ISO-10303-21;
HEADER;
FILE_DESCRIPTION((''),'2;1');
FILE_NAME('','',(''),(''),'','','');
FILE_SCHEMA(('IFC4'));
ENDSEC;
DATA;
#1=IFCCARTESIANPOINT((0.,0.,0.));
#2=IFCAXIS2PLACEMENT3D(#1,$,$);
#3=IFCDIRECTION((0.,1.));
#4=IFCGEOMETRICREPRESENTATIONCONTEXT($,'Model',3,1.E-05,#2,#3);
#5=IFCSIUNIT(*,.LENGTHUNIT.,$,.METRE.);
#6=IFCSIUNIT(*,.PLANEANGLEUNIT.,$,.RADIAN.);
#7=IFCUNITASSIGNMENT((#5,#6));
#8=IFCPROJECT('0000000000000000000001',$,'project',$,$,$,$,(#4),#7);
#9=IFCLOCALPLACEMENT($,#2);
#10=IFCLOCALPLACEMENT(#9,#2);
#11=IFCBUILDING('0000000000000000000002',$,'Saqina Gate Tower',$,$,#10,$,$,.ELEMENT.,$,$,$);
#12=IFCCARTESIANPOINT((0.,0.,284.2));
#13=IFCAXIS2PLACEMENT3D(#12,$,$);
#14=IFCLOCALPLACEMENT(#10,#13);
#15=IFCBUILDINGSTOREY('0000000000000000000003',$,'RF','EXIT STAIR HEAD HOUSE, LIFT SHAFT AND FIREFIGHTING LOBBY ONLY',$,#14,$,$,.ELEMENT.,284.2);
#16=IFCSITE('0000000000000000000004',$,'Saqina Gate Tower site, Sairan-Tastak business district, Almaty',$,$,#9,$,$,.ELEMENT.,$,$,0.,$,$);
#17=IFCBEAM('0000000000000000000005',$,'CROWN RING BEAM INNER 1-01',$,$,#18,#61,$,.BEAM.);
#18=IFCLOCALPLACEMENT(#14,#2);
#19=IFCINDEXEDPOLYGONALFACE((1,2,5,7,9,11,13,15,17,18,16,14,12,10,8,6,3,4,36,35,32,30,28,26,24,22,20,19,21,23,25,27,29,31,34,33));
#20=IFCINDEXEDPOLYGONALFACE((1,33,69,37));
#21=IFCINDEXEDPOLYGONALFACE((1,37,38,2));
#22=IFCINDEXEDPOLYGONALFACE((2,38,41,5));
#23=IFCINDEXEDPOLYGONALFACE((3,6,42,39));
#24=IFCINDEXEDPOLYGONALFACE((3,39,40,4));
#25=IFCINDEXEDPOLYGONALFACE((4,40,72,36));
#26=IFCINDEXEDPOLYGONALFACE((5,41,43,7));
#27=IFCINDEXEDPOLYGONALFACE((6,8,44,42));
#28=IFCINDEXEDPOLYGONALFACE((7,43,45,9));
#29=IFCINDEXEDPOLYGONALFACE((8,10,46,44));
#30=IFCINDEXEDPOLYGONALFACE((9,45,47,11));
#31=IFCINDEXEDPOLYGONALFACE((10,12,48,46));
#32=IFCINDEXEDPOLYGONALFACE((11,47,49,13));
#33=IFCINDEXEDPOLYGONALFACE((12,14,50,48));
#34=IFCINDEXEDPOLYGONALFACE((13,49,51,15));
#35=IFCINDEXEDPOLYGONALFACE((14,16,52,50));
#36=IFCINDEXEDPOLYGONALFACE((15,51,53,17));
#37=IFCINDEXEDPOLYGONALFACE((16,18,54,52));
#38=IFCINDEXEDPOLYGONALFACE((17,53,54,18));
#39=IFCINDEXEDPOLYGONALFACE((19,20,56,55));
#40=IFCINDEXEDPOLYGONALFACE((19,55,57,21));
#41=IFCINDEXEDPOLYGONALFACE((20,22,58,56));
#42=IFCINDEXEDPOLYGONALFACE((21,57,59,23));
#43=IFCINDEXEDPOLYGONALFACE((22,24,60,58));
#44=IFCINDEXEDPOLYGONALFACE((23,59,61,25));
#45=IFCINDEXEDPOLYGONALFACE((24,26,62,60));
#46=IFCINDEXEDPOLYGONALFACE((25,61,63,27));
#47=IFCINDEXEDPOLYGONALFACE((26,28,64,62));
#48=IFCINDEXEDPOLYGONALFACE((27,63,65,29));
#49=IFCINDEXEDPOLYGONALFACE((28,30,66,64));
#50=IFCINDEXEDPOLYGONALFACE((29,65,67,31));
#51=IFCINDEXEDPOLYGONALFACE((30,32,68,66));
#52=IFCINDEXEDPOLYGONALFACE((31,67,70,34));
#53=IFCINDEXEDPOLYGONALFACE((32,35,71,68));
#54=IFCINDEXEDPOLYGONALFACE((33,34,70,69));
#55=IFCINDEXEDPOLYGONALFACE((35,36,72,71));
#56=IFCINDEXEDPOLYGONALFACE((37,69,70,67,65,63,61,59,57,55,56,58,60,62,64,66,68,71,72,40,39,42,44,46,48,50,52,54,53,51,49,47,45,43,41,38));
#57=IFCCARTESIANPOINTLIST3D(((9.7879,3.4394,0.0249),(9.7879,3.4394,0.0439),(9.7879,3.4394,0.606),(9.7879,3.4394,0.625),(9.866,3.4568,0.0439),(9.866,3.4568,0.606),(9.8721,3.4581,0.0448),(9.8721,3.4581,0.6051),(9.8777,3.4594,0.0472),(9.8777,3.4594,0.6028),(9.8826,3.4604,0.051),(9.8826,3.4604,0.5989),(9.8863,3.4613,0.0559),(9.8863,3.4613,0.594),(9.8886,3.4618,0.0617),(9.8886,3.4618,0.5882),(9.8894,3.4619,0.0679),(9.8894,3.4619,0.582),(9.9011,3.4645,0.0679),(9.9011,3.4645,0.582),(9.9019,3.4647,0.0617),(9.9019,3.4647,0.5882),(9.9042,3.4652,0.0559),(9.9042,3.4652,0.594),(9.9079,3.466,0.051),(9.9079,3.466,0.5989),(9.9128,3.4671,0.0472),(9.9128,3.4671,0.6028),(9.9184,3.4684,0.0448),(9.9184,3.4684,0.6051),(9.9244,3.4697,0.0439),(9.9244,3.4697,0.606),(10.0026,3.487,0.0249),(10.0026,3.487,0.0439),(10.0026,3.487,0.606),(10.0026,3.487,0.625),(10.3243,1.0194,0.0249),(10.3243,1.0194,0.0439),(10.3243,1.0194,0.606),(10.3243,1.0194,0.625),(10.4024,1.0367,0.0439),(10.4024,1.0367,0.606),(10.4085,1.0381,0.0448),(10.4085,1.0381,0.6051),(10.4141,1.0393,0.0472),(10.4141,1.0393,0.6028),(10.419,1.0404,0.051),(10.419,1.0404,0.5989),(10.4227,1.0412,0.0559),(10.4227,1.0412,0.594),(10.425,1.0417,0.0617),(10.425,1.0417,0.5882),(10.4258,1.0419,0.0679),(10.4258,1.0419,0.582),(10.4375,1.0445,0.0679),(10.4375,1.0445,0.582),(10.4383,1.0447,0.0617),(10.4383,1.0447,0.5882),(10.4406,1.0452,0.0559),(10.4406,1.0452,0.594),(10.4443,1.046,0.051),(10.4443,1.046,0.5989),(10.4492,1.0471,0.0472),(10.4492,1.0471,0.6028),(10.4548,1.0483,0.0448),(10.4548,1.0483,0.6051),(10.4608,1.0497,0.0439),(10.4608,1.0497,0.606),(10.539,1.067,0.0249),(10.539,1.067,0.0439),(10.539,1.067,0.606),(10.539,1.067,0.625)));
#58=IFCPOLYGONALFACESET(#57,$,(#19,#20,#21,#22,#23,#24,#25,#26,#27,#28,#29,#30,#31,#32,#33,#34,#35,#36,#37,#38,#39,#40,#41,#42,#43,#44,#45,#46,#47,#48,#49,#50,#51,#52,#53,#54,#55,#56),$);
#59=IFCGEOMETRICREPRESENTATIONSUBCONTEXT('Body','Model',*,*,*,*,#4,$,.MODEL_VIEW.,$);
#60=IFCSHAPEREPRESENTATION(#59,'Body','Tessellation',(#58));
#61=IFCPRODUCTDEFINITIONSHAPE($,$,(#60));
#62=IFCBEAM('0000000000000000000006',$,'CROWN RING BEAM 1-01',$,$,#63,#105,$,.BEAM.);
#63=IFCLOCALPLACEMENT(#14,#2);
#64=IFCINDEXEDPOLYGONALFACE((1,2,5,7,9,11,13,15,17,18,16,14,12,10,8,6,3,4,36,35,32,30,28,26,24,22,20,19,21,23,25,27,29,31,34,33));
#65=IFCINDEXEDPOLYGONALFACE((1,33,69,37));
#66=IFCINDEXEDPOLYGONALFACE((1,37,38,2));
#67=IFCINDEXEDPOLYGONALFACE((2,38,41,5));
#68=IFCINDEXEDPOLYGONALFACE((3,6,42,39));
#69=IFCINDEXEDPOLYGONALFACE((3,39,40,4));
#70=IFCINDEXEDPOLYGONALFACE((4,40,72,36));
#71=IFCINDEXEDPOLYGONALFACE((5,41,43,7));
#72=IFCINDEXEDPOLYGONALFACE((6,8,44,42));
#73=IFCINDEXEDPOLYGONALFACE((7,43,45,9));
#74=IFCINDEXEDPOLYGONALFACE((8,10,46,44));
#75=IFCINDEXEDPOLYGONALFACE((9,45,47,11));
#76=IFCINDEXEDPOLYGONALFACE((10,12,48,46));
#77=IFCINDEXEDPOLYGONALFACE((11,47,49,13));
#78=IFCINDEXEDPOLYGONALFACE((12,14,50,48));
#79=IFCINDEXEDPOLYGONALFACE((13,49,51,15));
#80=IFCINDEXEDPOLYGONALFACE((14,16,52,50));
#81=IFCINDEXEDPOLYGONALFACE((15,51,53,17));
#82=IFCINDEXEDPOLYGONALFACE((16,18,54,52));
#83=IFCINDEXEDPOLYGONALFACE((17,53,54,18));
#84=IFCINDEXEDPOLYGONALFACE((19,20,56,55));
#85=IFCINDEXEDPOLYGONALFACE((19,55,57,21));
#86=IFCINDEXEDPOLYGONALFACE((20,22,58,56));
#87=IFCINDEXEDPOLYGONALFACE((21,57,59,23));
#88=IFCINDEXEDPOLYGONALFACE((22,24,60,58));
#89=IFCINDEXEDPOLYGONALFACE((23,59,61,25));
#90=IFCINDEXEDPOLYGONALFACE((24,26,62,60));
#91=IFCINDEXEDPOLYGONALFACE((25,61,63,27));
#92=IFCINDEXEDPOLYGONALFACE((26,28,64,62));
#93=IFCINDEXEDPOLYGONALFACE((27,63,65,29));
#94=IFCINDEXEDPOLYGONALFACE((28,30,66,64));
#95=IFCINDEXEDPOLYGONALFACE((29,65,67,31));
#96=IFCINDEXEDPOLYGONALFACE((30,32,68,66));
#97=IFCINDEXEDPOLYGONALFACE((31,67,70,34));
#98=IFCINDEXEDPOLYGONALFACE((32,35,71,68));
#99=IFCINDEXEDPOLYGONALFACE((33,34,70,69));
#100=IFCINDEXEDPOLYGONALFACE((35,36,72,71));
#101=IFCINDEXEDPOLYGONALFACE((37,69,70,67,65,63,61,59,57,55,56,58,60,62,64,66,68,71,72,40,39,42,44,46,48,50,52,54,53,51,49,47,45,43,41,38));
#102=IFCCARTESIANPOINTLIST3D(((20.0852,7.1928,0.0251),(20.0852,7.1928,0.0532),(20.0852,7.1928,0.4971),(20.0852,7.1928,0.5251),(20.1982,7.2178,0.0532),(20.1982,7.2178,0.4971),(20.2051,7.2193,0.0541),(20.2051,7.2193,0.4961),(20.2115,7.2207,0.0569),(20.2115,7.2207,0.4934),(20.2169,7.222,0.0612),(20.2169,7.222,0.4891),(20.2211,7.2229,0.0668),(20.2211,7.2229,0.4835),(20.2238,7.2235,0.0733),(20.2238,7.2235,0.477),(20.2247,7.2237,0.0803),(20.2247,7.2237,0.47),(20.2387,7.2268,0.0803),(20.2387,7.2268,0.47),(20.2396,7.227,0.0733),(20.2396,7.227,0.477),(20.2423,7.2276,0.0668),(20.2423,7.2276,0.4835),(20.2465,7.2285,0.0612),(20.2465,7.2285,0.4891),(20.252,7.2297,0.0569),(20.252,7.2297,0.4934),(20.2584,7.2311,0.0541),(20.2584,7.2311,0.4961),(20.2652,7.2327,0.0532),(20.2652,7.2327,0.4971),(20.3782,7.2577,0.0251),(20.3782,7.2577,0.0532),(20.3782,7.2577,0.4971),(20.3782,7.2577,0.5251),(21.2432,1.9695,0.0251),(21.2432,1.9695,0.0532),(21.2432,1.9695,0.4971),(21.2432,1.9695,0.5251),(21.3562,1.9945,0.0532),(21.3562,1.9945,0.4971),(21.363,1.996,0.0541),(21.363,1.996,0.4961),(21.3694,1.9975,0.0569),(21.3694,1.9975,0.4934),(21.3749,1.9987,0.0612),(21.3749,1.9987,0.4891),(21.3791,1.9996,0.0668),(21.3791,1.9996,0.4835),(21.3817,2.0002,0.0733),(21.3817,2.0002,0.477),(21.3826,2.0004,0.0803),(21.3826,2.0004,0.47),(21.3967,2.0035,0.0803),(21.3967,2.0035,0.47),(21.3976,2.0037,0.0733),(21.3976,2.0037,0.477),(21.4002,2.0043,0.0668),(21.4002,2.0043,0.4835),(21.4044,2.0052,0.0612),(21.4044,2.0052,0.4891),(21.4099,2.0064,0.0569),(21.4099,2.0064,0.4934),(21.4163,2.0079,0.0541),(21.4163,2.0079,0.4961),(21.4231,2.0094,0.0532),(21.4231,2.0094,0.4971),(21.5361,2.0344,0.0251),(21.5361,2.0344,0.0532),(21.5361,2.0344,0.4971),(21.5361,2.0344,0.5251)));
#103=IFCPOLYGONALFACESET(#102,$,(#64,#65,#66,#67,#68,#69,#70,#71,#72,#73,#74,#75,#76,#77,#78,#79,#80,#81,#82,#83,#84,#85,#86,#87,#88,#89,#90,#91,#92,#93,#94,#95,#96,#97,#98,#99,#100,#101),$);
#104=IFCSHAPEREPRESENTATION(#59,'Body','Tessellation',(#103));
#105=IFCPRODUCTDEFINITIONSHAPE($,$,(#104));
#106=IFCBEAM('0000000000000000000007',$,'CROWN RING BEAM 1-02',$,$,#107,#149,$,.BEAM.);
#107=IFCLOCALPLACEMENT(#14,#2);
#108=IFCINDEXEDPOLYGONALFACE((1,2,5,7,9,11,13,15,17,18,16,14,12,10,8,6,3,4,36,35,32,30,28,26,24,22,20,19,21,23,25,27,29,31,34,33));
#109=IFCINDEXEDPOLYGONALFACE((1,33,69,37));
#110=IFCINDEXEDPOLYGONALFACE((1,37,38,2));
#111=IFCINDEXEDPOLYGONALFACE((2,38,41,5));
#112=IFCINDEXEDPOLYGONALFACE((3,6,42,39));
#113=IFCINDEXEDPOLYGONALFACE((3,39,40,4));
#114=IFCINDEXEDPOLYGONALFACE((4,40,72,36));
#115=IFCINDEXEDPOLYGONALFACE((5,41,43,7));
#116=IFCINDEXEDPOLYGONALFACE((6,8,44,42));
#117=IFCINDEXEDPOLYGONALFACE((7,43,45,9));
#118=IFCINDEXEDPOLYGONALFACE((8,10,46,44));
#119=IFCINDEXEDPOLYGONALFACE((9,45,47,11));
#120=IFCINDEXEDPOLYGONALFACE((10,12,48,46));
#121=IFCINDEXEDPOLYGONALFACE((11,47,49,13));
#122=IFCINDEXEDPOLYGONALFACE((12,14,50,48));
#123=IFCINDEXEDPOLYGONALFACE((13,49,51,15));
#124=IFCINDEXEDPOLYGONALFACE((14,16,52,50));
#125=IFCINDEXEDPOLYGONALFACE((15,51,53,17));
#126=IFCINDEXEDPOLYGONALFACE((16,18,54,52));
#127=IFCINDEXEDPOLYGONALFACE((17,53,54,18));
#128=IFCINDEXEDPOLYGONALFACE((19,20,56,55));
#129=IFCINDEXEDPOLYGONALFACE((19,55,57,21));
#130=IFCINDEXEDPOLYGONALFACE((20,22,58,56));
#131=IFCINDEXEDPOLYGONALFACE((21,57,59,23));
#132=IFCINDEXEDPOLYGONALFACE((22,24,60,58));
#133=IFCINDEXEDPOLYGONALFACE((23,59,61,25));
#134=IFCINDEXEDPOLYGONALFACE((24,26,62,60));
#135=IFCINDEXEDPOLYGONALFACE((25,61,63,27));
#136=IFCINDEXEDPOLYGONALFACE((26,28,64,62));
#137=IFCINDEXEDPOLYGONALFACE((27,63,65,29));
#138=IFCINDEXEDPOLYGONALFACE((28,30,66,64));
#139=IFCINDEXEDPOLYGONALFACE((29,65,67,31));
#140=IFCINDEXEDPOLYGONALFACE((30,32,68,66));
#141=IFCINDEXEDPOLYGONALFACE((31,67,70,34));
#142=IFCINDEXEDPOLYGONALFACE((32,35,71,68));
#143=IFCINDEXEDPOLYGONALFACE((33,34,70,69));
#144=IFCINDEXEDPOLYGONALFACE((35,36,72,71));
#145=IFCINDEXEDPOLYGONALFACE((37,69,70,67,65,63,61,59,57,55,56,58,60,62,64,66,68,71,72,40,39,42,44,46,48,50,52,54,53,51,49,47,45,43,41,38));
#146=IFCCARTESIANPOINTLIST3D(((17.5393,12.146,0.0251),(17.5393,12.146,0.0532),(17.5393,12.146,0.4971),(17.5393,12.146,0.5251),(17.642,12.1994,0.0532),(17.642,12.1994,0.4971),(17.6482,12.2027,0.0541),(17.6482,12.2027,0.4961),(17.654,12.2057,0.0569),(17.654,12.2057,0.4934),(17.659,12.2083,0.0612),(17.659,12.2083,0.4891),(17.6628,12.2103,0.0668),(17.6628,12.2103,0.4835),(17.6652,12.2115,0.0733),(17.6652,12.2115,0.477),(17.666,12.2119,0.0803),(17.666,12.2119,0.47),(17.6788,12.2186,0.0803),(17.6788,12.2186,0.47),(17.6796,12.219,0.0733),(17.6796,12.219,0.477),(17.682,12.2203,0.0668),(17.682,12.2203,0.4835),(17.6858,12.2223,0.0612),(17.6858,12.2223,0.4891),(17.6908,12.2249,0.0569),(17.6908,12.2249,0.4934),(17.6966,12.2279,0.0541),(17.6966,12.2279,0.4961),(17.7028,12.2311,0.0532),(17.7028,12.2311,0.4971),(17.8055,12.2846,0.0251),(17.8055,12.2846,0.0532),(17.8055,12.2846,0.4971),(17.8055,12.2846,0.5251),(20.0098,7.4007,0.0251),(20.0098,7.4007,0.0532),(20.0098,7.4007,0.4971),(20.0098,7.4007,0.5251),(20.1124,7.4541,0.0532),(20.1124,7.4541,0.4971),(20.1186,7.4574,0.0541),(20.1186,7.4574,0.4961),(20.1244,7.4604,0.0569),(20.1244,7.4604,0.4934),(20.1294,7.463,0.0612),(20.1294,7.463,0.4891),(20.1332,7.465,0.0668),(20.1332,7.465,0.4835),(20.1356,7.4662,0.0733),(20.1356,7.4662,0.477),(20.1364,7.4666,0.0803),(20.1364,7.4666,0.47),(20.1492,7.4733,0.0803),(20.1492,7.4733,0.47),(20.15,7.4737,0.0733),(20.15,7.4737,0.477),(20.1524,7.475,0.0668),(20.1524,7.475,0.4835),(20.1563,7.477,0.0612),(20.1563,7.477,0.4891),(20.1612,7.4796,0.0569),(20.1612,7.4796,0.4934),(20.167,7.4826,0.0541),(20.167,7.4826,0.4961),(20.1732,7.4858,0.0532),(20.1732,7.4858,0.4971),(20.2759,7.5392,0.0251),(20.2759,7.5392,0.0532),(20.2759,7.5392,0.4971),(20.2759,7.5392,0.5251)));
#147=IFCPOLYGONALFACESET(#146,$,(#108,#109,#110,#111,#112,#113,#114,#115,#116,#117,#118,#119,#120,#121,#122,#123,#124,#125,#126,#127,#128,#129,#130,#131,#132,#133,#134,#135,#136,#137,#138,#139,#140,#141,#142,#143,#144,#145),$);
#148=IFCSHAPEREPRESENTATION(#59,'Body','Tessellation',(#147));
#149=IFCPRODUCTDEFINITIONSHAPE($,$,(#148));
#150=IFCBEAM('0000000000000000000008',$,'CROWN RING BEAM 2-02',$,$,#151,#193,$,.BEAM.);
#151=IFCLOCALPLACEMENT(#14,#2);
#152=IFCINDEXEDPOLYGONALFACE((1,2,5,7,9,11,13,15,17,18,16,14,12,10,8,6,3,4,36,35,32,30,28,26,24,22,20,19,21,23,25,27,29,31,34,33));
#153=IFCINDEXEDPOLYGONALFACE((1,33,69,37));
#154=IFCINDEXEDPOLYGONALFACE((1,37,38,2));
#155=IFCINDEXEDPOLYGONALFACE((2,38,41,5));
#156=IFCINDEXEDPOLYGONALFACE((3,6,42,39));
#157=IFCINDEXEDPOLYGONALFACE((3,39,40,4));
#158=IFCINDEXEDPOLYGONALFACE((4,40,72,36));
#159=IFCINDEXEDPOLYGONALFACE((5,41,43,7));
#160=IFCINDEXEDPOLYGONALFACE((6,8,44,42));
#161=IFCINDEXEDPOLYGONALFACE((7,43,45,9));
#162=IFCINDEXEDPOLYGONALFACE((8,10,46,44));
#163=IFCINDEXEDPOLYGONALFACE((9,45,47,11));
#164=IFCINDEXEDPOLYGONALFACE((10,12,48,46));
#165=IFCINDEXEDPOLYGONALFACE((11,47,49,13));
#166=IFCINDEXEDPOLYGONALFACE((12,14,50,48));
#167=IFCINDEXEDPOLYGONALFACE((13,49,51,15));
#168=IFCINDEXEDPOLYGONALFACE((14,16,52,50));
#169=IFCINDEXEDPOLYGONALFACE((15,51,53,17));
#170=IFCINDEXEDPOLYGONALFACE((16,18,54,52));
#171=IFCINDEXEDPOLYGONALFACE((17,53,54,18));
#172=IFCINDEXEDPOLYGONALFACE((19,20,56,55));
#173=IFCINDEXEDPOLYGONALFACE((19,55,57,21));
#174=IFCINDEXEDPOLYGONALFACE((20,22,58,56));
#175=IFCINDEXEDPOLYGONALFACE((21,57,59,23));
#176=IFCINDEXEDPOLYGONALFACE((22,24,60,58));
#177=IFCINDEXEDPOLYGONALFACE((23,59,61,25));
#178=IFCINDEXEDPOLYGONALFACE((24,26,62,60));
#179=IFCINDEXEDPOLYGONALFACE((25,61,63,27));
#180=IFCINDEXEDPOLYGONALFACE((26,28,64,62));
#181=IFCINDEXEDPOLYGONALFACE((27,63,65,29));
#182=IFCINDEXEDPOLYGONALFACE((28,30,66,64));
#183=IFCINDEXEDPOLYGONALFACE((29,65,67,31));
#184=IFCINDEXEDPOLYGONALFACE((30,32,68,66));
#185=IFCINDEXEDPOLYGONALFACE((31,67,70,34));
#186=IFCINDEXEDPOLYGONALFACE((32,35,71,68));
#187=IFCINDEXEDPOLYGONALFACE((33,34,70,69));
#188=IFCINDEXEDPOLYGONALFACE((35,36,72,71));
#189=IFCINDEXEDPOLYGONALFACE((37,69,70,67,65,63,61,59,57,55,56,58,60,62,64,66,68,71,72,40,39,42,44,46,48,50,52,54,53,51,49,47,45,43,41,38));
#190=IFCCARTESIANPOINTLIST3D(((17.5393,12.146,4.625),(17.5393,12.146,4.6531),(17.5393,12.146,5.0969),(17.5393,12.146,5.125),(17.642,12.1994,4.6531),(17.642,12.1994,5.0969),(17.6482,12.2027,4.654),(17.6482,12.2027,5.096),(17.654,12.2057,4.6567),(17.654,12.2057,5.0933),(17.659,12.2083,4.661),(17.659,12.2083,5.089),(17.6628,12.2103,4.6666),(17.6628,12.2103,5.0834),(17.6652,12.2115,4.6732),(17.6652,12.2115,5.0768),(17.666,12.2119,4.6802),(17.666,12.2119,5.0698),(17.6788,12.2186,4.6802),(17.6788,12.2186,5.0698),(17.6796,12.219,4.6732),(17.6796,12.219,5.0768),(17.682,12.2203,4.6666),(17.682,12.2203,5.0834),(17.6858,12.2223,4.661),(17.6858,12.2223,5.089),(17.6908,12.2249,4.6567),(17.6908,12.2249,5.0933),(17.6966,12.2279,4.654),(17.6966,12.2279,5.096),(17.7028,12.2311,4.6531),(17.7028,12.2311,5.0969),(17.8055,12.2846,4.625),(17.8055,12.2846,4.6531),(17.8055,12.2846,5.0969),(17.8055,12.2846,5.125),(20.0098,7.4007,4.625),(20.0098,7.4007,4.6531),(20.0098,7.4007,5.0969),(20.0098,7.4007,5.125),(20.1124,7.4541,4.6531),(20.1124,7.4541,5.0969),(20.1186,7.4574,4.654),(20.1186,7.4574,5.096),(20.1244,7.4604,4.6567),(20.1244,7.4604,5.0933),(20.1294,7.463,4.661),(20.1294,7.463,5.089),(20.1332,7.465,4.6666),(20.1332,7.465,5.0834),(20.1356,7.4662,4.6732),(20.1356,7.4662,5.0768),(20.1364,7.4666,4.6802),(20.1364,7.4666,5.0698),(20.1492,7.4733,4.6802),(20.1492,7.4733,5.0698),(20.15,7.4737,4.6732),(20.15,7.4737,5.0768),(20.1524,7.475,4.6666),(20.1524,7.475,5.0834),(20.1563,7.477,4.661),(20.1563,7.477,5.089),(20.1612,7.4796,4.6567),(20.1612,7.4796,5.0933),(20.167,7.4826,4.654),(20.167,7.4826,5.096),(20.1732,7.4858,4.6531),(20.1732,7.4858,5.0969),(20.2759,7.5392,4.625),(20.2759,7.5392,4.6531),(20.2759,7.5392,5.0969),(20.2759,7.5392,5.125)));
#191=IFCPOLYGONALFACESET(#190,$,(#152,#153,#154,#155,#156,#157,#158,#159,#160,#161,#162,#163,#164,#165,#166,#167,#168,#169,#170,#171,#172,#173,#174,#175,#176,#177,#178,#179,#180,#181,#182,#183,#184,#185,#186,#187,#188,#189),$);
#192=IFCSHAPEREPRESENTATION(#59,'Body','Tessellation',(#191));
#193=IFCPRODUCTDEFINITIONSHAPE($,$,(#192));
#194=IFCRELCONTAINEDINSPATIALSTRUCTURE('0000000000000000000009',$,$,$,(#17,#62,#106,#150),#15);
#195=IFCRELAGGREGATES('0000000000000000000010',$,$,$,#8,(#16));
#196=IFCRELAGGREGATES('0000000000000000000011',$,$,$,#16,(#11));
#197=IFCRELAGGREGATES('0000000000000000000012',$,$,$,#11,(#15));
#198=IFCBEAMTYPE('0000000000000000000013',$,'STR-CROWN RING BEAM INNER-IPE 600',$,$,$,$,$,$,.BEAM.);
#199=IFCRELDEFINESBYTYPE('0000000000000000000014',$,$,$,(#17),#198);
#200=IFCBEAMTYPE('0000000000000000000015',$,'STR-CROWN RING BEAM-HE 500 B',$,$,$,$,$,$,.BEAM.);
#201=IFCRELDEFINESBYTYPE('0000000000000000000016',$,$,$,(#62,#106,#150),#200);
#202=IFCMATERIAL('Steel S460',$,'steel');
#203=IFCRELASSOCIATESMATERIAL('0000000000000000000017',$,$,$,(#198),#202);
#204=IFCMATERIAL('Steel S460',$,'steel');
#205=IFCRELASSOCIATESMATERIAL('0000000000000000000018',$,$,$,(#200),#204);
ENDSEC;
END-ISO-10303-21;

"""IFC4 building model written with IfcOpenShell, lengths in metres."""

from ifc_helpers import new_model, si_unit, direction, frame, origin, origin_2d, place, context, subcontext, project, spatial, i_section, extrude, material, material_profile, profile_set, type_object, element, save


model = new_model("IFC4")

# Units and contexts
model_context = context("Model", 3, precision=1e-05, world=origin(), true_north=direction((0.0, 1.0)))
body_context = subcontext(model_context, "Body", "Model", "MODEL_VIEW")
ifc_project = project(units=[si_unit("LENGTHUNIT", "METRE"), si_unit("PLANEANGLEUNIT", "RADIAN")], contexts=[model_context])

# Site, building, storey
site_placement = place(None, origin())
site = spatial("IfcSite", under=ifc_project, at=site_placement, Name="Saqina Gate Tower site, Sairan-Tastak business district, Almaty", CompositionType="ELEMENT", RefElevation=0.0)
building_placement = place(site_placement, origin())
building = spatial("IfcBuilding", under=site, at=building_placement, Name="Saqina Gate Tower", CompositionType="ELEMENT")
storey_placement = place(building_placement, frame((0.0, 0.0, 284.2)))
storey = spatial("IfcBuildingStorey", under=building, at=storey_placement, Name="RF", Description="EXIT STAIR HEAD HOUSE, LIFT SHAFT AND FIREFIGHTING LOBBY ONLY", CompositionType="ELEMENT", Elevation=284.2)

# Beams
ifc_material_1 = material(Name="Steel S460", Category="steel")
ifc_material_profile_1 = material_profile(ifc_material_1, i_section(OverallWidth=0.22, OverallDepth=0.6001, WebThickness=0.012, FlangeThickness=0.019, FilletRadius=0.0239, at=origin_2d()), Name="IPE 600")
ifc_profile_set_1 = profile_set([ifc_material_profile_1], Name="Steel S460")
beam_type_1 = type_object("IfcBeamType", Name="STR-CROWN RING BEAM INNER-IPE 600", PredefinedType="BEAM", material=ifc_profile_set_1)
beam_1_placement = place(storey_placement, frame((10.4316, 1.0432, 0.325), z_axis=(-0.216399, 0.976305, 0.0), x_axis=(-0.976305, -0.216399, 0.0)))
element("IfcBeam", 1, at=beam_1_placement, inside=storey, type_object=beam_type_1, Name="CROWN RING BEAM INNER 1-01", PredefinedType="BEAM", context=body_context, shape_type="SweptSolid", body=[
    extrude(i_section(OverallWidth=0.22, OverallDepth=0.6001, WebThickness=0.012, FlangeThickness=0.019, FilletRadius=0.0239, at=origin_2d()), origin(), (0.0, 0.0, 1.0), 2.4788),
])
ifc_material_2 = material(Name="Steel S460", Category="steel")
ifc_material_profile_2 = material_profile(ifc_material_2, i_section(OverallWidth=0.3, OverallDepth=0.5, WebThickness=0.0144, FlangeThickness=0.0281, FilletRadius=0.0271, at=origin_2d()), Name="HE 500 B")
ifc_profile_set_2 = profile_set([ifc_material_profile_2], Name="Steel S460")
beam_type_2 = type_object("IfcBeamType", Name="STR-CROWN RING BEAM-HE 500 B", PredefinedType="BEAM", material=ifc_profile_set_2)
beam_2_placement = place(storey_placement, frame((21.3896, 2.002, 0.2751), z_axis=(-0.216433, 0.976298, 0.0), x_axis=(-0.976298, -0.216433, 0.0)))
element("IfcBeam", 2, at=beam_2_placement, inside=storey, type_object=beam_type_2, Name="CROWN RING BEAM 1-01", PredefinedType="BEAM", context=body_context, shape_type="SweptSolid", body=[
    extrude(i_section(OverallWidth=0.3, OverallDepth=0.5, WebThickness=0.0144, FlangeThickness=0.0281, FilletRadius=0.0271, at=origin_2d()), origin(), (0.0, 0.0, 1.0), 5.3501),
])
for number, where, z_axis, x_axis, name in (
    (3, (20.1428, 7.47, 0.2751), (-0.461775, 0.886997, 0.0), (-0.886997, -0.461775, 0.0), "CROWN RING BEAM 1-02"),
    (4, (20.1428, 7.47, 4.875), (-0.461775, 0.886997, 0.0), (-0.886997, -0.461775, 0.0), "CROWN RING BEAM 2-02"),
):
    element("IfcBeam", number, at=place(storey_placement, frame(where, z_axis=z_axis, x_axis=x_axis)), inside=storey, type_object=beam_type_2, Name=name, PredefinedType="BEAM", context=body_context, shape_type="SweptSolid", body=[
        extrude(i_section(OverallWidth=0.3, OverallDepth=0.5, WebThickness=0.0144, FlangeThickness=0.0281, FilletRadius=0.0271, at=origin_2d()), origin(), (0.0, 0.0, 1.0), 5.3499),
    ])

save(model, "model.ifc")
